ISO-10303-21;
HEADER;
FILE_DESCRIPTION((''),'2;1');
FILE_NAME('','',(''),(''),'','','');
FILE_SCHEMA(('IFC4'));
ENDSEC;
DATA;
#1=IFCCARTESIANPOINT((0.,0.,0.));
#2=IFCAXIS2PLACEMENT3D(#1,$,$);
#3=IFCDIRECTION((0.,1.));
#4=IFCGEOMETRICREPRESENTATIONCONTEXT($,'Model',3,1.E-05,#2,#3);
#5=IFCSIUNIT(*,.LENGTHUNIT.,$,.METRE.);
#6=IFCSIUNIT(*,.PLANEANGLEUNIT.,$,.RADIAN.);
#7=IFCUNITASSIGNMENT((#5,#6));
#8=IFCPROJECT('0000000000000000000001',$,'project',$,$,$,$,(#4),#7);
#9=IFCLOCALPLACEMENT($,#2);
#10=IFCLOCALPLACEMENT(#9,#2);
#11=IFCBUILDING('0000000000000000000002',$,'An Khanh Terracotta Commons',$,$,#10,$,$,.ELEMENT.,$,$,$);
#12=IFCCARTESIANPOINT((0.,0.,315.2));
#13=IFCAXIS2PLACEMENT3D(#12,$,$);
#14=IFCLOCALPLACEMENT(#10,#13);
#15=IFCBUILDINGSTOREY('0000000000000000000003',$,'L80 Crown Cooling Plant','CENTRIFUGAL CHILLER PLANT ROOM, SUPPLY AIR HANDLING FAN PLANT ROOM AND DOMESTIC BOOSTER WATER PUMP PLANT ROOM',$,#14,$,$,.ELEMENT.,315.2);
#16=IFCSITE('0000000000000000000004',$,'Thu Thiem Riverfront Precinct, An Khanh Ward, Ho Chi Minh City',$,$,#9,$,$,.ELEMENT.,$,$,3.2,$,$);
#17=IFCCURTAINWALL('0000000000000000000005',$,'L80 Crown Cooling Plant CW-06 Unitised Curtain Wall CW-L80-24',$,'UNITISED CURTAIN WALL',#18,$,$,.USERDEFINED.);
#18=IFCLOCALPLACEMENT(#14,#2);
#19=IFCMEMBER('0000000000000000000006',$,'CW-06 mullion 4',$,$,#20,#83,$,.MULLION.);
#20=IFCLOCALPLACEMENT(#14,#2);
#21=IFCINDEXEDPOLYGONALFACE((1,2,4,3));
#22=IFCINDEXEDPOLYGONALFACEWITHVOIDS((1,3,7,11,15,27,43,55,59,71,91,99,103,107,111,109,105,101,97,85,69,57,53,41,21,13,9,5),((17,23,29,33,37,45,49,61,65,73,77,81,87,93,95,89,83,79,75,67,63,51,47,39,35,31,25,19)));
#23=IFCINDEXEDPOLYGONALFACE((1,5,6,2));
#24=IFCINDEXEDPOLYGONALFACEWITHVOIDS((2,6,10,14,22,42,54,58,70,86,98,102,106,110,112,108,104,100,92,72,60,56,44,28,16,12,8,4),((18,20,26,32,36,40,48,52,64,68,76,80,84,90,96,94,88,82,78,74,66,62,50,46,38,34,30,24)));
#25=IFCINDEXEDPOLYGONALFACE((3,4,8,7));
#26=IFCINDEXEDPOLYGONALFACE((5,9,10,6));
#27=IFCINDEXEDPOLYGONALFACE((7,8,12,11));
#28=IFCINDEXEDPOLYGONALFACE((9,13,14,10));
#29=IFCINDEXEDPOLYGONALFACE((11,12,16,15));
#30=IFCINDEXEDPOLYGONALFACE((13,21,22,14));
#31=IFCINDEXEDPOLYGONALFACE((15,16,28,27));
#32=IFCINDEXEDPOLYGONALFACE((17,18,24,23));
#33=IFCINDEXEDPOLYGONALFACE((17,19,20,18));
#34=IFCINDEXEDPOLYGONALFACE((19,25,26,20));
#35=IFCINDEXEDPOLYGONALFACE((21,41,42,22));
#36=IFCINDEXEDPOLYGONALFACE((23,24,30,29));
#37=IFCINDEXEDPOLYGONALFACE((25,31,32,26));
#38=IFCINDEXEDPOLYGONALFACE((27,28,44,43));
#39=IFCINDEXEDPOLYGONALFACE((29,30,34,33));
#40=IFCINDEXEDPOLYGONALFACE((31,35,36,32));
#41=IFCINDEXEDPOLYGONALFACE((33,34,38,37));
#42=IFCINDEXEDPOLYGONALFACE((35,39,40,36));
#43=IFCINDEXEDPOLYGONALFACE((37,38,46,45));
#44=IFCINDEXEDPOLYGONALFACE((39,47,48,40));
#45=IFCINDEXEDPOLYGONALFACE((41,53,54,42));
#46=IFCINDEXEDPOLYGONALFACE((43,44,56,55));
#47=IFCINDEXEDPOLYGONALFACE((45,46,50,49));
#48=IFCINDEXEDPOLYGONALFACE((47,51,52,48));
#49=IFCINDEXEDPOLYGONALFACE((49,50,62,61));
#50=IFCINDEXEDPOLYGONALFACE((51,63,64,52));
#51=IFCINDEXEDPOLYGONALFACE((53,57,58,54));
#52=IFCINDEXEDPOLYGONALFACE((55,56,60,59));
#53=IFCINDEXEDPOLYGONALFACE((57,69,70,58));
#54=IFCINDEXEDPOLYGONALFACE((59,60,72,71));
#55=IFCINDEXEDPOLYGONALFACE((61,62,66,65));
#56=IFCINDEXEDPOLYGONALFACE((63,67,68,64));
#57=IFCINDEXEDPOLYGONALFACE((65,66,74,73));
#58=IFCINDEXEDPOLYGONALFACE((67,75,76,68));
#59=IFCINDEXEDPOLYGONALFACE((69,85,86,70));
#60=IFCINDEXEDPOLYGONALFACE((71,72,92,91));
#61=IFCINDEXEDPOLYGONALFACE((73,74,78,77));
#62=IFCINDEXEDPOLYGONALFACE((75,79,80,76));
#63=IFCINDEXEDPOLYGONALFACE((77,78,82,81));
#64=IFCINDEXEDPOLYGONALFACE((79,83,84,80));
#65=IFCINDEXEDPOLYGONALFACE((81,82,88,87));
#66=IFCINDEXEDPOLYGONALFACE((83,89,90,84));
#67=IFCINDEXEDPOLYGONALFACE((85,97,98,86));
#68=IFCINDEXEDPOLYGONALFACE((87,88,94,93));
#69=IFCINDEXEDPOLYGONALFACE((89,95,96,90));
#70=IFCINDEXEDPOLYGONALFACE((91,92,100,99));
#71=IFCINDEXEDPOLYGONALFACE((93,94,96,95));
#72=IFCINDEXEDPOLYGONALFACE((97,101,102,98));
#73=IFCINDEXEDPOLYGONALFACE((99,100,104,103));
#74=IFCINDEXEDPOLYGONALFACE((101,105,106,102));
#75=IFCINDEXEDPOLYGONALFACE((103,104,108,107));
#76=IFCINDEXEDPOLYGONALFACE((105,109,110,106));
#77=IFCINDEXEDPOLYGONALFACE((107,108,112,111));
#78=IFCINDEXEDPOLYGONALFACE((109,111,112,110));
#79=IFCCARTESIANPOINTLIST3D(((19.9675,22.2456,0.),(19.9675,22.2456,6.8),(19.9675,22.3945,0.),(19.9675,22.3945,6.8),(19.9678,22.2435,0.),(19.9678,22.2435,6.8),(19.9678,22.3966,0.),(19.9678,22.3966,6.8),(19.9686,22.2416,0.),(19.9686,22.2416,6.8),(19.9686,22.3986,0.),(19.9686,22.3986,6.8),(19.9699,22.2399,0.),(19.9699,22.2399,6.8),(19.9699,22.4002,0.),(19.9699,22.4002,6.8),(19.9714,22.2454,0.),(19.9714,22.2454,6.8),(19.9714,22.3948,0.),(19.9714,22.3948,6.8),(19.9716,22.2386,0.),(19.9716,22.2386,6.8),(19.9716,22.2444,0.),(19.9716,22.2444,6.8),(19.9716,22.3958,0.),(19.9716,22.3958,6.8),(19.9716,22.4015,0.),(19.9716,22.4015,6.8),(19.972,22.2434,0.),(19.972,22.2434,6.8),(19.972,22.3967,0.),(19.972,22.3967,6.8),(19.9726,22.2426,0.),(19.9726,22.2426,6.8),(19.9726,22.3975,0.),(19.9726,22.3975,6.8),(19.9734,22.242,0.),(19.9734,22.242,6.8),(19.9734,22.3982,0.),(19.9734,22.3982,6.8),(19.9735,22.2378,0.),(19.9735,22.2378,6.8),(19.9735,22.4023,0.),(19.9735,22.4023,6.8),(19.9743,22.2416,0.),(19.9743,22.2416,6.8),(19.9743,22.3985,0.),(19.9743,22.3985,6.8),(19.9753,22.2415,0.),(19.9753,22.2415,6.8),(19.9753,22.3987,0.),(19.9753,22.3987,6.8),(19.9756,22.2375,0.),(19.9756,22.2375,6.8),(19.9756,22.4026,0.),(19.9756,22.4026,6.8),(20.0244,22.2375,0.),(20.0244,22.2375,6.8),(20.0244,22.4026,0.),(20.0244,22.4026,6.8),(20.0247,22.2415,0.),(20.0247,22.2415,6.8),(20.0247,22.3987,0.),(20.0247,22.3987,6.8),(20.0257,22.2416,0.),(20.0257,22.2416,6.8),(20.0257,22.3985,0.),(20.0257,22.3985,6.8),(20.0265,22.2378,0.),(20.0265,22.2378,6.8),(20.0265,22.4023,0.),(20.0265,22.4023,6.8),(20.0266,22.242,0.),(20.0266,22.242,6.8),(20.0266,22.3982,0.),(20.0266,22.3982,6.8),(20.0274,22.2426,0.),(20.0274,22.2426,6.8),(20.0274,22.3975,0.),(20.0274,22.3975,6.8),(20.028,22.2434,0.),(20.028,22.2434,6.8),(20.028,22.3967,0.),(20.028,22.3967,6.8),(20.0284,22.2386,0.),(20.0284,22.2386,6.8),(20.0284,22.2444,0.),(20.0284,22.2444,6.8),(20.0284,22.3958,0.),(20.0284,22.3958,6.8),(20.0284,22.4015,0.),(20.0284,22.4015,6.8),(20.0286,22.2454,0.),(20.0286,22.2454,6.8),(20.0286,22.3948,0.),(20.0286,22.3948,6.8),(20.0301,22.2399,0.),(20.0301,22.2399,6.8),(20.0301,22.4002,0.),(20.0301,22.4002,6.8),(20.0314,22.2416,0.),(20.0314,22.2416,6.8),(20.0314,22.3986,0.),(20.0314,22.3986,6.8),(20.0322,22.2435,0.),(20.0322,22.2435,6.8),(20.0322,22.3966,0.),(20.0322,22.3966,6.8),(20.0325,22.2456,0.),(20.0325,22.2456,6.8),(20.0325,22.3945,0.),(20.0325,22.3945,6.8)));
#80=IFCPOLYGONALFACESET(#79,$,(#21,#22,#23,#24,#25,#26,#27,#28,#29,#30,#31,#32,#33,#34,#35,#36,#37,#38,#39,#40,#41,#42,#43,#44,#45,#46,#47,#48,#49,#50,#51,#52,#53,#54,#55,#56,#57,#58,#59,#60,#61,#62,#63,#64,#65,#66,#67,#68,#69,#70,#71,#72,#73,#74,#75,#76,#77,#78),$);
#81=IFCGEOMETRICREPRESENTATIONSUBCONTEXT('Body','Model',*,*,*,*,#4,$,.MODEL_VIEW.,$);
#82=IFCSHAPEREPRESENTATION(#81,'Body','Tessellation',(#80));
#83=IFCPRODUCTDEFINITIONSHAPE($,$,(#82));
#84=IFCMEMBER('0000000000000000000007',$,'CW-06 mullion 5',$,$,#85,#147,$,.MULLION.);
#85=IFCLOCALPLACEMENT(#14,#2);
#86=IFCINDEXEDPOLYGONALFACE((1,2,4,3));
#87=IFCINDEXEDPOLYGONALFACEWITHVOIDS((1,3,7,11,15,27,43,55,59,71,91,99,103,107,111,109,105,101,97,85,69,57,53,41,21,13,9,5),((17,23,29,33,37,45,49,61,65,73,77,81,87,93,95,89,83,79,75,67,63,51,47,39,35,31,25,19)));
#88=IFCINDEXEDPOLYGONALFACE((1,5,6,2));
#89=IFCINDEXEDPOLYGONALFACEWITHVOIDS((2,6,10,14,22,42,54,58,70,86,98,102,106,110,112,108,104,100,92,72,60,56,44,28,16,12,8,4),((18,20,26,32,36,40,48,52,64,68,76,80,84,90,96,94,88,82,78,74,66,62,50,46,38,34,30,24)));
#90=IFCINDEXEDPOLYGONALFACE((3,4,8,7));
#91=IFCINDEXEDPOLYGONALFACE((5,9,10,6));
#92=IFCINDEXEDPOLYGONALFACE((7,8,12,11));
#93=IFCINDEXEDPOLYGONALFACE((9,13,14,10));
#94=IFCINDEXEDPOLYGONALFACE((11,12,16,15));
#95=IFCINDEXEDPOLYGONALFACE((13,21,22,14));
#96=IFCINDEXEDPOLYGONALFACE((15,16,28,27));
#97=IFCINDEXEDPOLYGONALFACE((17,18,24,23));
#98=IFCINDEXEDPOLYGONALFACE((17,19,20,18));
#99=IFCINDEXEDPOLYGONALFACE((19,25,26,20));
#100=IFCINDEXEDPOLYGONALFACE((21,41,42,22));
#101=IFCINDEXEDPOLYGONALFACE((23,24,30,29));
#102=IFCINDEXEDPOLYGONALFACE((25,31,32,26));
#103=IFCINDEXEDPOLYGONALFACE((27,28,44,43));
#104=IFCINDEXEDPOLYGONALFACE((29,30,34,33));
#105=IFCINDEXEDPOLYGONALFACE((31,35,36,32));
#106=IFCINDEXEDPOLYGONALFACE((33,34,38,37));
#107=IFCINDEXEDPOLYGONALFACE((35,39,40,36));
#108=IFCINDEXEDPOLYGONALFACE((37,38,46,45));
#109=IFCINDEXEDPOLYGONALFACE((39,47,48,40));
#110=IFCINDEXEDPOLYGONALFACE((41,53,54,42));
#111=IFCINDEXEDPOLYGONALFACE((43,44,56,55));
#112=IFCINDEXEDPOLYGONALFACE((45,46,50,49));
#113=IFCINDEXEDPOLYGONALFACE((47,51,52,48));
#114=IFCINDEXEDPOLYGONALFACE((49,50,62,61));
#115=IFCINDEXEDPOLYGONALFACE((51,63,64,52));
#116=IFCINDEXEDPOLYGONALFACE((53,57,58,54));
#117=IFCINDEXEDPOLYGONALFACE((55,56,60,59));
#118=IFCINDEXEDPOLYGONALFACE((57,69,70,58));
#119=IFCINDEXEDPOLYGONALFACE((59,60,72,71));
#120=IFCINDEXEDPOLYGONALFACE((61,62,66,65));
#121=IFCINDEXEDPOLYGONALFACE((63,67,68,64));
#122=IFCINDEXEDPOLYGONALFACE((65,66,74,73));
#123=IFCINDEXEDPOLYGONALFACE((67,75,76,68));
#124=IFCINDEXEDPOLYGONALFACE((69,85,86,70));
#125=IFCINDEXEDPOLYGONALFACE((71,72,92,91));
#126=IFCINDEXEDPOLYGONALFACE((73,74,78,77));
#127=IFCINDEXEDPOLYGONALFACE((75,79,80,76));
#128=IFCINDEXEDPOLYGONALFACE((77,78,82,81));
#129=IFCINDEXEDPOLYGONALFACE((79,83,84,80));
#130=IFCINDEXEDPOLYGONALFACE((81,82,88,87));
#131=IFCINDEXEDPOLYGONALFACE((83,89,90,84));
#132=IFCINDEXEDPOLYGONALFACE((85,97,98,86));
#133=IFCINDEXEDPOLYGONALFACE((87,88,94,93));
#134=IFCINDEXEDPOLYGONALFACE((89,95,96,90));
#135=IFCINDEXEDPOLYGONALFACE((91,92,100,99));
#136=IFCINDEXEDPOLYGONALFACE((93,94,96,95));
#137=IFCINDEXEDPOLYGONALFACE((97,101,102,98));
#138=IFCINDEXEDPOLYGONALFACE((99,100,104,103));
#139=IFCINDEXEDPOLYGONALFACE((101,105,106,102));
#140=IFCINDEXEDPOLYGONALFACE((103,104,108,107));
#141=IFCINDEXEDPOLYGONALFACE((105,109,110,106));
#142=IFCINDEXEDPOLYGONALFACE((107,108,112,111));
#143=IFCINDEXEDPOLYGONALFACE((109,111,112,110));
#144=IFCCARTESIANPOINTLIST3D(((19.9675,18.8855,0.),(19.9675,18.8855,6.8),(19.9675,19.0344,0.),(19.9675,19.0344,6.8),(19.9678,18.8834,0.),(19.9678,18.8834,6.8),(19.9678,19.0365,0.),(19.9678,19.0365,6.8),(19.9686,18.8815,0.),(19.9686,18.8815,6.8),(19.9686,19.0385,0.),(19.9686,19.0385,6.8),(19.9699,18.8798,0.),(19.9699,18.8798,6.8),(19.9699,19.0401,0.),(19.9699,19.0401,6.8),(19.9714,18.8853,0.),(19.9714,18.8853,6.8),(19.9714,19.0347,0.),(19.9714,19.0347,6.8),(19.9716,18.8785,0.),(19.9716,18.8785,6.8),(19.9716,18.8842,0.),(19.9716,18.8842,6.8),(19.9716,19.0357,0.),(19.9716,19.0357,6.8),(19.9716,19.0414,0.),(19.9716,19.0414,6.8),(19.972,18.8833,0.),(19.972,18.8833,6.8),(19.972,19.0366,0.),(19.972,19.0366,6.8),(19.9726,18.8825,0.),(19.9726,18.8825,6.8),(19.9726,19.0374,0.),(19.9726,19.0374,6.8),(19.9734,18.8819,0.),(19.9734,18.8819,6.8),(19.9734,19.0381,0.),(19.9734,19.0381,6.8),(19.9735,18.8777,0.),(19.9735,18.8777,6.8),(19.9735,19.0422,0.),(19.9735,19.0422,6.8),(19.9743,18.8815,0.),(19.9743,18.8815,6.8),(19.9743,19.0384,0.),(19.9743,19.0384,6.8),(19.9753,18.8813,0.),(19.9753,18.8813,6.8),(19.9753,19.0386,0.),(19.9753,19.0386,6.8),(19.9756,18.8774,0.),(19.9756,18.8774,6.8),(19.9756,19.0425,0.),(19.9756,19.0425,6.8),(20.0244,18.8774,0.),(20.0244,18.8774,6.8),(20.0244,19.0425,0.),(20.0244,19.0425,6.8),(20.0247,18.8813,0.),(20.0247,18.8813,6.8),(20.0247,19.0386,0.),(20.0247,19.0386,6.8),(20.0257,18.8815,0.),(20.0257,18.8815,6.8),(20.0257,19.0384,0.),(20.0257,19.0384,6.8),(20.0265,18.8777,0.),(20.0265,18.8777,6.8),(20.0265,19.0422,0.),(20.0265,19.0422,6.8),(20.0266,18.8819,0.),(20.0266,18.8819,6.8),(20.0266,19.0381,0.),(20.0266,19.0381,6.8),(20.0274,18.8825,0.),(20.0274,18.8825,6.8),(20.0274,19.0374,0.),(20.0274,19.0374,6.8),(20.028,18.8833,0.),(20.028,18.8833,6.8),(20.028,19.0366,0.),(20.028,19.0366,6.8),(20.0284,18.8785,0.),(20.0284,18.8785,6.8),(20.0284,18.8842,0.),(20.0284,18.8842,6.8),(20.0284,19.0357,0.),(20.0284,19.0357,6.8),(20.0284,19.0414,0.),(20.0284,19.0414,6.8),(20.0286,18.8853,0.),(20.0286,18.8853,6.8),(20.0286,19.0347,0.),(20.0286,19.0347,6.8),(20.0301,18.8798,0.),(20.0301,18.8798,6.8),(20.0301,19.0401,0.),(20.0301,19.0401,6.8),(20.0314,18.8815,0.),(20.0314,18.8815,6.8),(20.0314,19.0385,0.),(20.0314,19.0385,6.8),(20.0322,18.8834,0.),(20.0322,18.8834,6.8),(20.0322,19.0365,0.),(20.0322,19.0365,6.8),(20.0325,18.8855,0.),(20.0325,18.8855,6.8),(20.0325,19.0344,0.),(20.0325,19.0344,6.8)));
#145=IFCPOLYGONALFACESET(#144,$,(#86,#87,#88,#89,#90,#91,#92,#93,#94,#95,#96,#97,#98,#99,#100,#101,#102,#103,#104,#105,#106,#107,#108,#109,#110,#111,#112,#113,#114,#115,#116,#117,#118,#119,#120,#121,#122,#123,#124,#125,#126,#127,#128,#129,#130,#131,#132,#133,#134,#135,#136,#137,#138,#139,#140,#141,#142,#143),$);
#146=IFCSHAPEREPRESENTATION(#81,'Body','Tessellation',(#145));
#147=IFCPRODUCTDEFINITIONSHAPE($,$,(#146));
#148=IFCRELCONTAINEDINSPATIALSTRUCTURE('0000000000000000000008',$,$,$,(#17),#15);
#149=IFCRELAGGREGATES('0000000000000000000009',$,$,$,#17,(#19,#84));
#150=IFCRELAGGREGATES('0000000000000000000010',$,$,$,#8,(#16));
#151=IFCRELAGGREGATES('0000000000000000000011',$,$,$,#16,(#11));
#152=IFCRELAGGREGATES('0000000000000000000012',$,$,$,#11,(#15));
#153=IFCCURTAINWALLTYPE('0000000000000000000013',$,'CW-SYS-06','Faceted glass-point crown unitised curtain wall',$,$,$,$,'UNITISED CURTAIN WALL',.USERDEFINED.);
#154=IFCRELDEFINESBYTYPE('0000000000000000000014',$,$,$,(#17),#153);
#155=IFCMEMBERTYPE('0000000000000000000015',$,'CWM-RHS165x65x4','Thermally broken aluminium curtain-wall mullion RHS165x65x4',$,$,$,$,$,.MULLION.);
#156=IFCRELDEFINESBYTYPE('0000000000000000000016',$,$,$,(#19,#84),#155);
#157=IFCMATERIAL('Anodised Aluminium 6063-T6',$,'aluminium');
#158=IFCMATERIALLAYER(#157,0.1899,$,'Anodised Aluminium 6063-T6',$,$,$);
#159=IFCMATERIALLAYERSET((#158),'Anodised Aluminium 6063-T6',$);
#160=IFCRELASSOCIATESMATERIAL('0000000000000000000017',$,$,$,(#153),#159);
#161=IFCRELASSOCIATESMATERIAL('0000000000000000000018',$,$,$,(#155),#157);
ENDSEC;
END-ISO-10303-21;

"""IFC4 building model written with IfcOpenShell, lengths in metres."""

from ifc_helpers import new_model, si_unit, direction, frame, origin, origin_2d, place, context, subcontext, project, spatial, hollow_rectangle, extrude, material, layer, layer_set, material_profile, profile_set, type_object, element, aggregate, save


model = new_model("IFC4")

# Units and contexts
model_context = context("Model", 3, precision=1e-05, world=origin(), true_north=direction((0.0, 1.0)))
body_context = subcontext(model_context, "Body", "Model", "MODEL_VIEW")
ifc_project = project(units=[si_unit("LENGTHUNIT", "METRE"), si_unit("PLANEANGLEUNIT", "RADIAN")], contexts=[model_context])

# Site, building, storey
site_placement = place(None, origin())
site = spatial("IfcSite", under=ifc_project, at=site_placement, Name="Thu Thiem Riverfront Precinct, An Khanh Ward, Ho Chi Minh City", CompositionType="ELEMENT", RefElevation=3.2)
building_placement = place(site_placement, origin())
building = spatial("IfcBuilding", under=site, at=building_placement, Name="An Khanh Terracotta Commons", CompositionType="ELEMENT")
storey_placement = place(building_placement, frame((0.0, 0.0, 315.2)))
storey = spatial("IfcBuildingStorey", under=building, at=storey_placement, Name="L80 Crown Cooling Plant", Description="CENTRIFUGAL CHILLER PLANT ROOM, SUPPLY AIR HANDLING FAN PLANT ROOM AND DOMESTIC BOOSTER WATER PUMP PLANT ROOM", CompositionType="ELEMENT", Elevation=315.2)

# Curtain wall, members
ifc_material_1 = material(Name="Anodised Aluminium 6063-T6", Category="aluminium")
ifc_layer_1 = layer(ifc_material_1, 0.1899, Name="Anodised Aluminium 6063-T6")
ifc_layer_set_1 = layer_set([ifc_layer_1], Name="Anodised Aluminium 6063-T6")
curtain_wall_type = type_object("IfcCurtainWallType", Name="CW-SYS-06", Description="Faceted glass-point crown unitised curtain wall", ElementType="UNITISED CURTAIN WALL", PredefinedType="USERDEFINED", material=ifc_layer_set_1)
curtain_wall_placement = place(storey_placement, origin())
curtain_wall = element("IfcCurtainWall", 1, at=curtain_wall_placement, inside=storey, type_object=curtain_wall_type, Name="L80 Crown Cooling Plant CW-06 Unitised Curtain Wall CW-L80-24", ObjectType="UNITISED CURTAIN WALL", PredefinedType="USERDEFINED")
ifc_material_profile_1 = material_profile(ifc_material_1, hollow_rectangle(XDim=0.0649, YDim=0.165, WallThickness=0.0039, InnerFilletRadius=0.0039, OuterFilletRadius=0.0081, at=origin_2d()), Name="RHS165x65x4")
ifc_profile_set_1 = profile_set([ifc_material_profile_1], Name="Anodised Aluminium 6063-T6")
member_type_1 = type_object("IfcMemberType", Name="CWM-RHS165x65x4", Description="Thermally broken aluminium curtain-wall mullion RHS165x65x4", PredefinedType="MULLION", material=ifc_profile_set_1)
member_1_placement = place(storey_placement, frame((20.0, 22.3201, 0.0), z_axis=(0.0, 0.0, 1.0), x_axis=(1.0, 0.0, 0.0)))
member_1 = element("IfcMember", 2, at=member_1_placement, type_object=member_type_1, Name="CW-06 mullion 4", PredefinedType="MULLION", context=body_context, shape_type="SweptSolid", body=[
    extrude(hollow_rectangle(XDim=0.0649, YDim=0.165, WallThickness=0.0039, InnerFilletRadius=0.0039, OuterFilletRadius=0.0081, at=origin_2d()), origin(), (0.0, 0.0, 1.0), 6.8),
])
member_2_placement = place(storey_placement, frame((20.0, 18.96, 0.0), z_axis=(0.0, 0.0, 1.0), x_axis=(1.0, 0.0, 0.0)))
member_2 = element("IfcMember", 3, at=member_2_placement, type_object=member_type_1, Name="CW-06 mullion 5", PredefinedType="MULLION", context=body_context, shape_type="SweptSolid", body=[
    extrude(hollow_rectangle(XDim=0.0649, YDim=0.165, WallThickness=0.0039, InnerFilletRadius=0.0039, OuterFilletRadius=0.0081, at=origin_2d()), origin(), (0.0, 0.0, 1.0), 6.8),
])
aggregate(curtain_wall, [member_1, member_2])

save(model, "model.ifc")
